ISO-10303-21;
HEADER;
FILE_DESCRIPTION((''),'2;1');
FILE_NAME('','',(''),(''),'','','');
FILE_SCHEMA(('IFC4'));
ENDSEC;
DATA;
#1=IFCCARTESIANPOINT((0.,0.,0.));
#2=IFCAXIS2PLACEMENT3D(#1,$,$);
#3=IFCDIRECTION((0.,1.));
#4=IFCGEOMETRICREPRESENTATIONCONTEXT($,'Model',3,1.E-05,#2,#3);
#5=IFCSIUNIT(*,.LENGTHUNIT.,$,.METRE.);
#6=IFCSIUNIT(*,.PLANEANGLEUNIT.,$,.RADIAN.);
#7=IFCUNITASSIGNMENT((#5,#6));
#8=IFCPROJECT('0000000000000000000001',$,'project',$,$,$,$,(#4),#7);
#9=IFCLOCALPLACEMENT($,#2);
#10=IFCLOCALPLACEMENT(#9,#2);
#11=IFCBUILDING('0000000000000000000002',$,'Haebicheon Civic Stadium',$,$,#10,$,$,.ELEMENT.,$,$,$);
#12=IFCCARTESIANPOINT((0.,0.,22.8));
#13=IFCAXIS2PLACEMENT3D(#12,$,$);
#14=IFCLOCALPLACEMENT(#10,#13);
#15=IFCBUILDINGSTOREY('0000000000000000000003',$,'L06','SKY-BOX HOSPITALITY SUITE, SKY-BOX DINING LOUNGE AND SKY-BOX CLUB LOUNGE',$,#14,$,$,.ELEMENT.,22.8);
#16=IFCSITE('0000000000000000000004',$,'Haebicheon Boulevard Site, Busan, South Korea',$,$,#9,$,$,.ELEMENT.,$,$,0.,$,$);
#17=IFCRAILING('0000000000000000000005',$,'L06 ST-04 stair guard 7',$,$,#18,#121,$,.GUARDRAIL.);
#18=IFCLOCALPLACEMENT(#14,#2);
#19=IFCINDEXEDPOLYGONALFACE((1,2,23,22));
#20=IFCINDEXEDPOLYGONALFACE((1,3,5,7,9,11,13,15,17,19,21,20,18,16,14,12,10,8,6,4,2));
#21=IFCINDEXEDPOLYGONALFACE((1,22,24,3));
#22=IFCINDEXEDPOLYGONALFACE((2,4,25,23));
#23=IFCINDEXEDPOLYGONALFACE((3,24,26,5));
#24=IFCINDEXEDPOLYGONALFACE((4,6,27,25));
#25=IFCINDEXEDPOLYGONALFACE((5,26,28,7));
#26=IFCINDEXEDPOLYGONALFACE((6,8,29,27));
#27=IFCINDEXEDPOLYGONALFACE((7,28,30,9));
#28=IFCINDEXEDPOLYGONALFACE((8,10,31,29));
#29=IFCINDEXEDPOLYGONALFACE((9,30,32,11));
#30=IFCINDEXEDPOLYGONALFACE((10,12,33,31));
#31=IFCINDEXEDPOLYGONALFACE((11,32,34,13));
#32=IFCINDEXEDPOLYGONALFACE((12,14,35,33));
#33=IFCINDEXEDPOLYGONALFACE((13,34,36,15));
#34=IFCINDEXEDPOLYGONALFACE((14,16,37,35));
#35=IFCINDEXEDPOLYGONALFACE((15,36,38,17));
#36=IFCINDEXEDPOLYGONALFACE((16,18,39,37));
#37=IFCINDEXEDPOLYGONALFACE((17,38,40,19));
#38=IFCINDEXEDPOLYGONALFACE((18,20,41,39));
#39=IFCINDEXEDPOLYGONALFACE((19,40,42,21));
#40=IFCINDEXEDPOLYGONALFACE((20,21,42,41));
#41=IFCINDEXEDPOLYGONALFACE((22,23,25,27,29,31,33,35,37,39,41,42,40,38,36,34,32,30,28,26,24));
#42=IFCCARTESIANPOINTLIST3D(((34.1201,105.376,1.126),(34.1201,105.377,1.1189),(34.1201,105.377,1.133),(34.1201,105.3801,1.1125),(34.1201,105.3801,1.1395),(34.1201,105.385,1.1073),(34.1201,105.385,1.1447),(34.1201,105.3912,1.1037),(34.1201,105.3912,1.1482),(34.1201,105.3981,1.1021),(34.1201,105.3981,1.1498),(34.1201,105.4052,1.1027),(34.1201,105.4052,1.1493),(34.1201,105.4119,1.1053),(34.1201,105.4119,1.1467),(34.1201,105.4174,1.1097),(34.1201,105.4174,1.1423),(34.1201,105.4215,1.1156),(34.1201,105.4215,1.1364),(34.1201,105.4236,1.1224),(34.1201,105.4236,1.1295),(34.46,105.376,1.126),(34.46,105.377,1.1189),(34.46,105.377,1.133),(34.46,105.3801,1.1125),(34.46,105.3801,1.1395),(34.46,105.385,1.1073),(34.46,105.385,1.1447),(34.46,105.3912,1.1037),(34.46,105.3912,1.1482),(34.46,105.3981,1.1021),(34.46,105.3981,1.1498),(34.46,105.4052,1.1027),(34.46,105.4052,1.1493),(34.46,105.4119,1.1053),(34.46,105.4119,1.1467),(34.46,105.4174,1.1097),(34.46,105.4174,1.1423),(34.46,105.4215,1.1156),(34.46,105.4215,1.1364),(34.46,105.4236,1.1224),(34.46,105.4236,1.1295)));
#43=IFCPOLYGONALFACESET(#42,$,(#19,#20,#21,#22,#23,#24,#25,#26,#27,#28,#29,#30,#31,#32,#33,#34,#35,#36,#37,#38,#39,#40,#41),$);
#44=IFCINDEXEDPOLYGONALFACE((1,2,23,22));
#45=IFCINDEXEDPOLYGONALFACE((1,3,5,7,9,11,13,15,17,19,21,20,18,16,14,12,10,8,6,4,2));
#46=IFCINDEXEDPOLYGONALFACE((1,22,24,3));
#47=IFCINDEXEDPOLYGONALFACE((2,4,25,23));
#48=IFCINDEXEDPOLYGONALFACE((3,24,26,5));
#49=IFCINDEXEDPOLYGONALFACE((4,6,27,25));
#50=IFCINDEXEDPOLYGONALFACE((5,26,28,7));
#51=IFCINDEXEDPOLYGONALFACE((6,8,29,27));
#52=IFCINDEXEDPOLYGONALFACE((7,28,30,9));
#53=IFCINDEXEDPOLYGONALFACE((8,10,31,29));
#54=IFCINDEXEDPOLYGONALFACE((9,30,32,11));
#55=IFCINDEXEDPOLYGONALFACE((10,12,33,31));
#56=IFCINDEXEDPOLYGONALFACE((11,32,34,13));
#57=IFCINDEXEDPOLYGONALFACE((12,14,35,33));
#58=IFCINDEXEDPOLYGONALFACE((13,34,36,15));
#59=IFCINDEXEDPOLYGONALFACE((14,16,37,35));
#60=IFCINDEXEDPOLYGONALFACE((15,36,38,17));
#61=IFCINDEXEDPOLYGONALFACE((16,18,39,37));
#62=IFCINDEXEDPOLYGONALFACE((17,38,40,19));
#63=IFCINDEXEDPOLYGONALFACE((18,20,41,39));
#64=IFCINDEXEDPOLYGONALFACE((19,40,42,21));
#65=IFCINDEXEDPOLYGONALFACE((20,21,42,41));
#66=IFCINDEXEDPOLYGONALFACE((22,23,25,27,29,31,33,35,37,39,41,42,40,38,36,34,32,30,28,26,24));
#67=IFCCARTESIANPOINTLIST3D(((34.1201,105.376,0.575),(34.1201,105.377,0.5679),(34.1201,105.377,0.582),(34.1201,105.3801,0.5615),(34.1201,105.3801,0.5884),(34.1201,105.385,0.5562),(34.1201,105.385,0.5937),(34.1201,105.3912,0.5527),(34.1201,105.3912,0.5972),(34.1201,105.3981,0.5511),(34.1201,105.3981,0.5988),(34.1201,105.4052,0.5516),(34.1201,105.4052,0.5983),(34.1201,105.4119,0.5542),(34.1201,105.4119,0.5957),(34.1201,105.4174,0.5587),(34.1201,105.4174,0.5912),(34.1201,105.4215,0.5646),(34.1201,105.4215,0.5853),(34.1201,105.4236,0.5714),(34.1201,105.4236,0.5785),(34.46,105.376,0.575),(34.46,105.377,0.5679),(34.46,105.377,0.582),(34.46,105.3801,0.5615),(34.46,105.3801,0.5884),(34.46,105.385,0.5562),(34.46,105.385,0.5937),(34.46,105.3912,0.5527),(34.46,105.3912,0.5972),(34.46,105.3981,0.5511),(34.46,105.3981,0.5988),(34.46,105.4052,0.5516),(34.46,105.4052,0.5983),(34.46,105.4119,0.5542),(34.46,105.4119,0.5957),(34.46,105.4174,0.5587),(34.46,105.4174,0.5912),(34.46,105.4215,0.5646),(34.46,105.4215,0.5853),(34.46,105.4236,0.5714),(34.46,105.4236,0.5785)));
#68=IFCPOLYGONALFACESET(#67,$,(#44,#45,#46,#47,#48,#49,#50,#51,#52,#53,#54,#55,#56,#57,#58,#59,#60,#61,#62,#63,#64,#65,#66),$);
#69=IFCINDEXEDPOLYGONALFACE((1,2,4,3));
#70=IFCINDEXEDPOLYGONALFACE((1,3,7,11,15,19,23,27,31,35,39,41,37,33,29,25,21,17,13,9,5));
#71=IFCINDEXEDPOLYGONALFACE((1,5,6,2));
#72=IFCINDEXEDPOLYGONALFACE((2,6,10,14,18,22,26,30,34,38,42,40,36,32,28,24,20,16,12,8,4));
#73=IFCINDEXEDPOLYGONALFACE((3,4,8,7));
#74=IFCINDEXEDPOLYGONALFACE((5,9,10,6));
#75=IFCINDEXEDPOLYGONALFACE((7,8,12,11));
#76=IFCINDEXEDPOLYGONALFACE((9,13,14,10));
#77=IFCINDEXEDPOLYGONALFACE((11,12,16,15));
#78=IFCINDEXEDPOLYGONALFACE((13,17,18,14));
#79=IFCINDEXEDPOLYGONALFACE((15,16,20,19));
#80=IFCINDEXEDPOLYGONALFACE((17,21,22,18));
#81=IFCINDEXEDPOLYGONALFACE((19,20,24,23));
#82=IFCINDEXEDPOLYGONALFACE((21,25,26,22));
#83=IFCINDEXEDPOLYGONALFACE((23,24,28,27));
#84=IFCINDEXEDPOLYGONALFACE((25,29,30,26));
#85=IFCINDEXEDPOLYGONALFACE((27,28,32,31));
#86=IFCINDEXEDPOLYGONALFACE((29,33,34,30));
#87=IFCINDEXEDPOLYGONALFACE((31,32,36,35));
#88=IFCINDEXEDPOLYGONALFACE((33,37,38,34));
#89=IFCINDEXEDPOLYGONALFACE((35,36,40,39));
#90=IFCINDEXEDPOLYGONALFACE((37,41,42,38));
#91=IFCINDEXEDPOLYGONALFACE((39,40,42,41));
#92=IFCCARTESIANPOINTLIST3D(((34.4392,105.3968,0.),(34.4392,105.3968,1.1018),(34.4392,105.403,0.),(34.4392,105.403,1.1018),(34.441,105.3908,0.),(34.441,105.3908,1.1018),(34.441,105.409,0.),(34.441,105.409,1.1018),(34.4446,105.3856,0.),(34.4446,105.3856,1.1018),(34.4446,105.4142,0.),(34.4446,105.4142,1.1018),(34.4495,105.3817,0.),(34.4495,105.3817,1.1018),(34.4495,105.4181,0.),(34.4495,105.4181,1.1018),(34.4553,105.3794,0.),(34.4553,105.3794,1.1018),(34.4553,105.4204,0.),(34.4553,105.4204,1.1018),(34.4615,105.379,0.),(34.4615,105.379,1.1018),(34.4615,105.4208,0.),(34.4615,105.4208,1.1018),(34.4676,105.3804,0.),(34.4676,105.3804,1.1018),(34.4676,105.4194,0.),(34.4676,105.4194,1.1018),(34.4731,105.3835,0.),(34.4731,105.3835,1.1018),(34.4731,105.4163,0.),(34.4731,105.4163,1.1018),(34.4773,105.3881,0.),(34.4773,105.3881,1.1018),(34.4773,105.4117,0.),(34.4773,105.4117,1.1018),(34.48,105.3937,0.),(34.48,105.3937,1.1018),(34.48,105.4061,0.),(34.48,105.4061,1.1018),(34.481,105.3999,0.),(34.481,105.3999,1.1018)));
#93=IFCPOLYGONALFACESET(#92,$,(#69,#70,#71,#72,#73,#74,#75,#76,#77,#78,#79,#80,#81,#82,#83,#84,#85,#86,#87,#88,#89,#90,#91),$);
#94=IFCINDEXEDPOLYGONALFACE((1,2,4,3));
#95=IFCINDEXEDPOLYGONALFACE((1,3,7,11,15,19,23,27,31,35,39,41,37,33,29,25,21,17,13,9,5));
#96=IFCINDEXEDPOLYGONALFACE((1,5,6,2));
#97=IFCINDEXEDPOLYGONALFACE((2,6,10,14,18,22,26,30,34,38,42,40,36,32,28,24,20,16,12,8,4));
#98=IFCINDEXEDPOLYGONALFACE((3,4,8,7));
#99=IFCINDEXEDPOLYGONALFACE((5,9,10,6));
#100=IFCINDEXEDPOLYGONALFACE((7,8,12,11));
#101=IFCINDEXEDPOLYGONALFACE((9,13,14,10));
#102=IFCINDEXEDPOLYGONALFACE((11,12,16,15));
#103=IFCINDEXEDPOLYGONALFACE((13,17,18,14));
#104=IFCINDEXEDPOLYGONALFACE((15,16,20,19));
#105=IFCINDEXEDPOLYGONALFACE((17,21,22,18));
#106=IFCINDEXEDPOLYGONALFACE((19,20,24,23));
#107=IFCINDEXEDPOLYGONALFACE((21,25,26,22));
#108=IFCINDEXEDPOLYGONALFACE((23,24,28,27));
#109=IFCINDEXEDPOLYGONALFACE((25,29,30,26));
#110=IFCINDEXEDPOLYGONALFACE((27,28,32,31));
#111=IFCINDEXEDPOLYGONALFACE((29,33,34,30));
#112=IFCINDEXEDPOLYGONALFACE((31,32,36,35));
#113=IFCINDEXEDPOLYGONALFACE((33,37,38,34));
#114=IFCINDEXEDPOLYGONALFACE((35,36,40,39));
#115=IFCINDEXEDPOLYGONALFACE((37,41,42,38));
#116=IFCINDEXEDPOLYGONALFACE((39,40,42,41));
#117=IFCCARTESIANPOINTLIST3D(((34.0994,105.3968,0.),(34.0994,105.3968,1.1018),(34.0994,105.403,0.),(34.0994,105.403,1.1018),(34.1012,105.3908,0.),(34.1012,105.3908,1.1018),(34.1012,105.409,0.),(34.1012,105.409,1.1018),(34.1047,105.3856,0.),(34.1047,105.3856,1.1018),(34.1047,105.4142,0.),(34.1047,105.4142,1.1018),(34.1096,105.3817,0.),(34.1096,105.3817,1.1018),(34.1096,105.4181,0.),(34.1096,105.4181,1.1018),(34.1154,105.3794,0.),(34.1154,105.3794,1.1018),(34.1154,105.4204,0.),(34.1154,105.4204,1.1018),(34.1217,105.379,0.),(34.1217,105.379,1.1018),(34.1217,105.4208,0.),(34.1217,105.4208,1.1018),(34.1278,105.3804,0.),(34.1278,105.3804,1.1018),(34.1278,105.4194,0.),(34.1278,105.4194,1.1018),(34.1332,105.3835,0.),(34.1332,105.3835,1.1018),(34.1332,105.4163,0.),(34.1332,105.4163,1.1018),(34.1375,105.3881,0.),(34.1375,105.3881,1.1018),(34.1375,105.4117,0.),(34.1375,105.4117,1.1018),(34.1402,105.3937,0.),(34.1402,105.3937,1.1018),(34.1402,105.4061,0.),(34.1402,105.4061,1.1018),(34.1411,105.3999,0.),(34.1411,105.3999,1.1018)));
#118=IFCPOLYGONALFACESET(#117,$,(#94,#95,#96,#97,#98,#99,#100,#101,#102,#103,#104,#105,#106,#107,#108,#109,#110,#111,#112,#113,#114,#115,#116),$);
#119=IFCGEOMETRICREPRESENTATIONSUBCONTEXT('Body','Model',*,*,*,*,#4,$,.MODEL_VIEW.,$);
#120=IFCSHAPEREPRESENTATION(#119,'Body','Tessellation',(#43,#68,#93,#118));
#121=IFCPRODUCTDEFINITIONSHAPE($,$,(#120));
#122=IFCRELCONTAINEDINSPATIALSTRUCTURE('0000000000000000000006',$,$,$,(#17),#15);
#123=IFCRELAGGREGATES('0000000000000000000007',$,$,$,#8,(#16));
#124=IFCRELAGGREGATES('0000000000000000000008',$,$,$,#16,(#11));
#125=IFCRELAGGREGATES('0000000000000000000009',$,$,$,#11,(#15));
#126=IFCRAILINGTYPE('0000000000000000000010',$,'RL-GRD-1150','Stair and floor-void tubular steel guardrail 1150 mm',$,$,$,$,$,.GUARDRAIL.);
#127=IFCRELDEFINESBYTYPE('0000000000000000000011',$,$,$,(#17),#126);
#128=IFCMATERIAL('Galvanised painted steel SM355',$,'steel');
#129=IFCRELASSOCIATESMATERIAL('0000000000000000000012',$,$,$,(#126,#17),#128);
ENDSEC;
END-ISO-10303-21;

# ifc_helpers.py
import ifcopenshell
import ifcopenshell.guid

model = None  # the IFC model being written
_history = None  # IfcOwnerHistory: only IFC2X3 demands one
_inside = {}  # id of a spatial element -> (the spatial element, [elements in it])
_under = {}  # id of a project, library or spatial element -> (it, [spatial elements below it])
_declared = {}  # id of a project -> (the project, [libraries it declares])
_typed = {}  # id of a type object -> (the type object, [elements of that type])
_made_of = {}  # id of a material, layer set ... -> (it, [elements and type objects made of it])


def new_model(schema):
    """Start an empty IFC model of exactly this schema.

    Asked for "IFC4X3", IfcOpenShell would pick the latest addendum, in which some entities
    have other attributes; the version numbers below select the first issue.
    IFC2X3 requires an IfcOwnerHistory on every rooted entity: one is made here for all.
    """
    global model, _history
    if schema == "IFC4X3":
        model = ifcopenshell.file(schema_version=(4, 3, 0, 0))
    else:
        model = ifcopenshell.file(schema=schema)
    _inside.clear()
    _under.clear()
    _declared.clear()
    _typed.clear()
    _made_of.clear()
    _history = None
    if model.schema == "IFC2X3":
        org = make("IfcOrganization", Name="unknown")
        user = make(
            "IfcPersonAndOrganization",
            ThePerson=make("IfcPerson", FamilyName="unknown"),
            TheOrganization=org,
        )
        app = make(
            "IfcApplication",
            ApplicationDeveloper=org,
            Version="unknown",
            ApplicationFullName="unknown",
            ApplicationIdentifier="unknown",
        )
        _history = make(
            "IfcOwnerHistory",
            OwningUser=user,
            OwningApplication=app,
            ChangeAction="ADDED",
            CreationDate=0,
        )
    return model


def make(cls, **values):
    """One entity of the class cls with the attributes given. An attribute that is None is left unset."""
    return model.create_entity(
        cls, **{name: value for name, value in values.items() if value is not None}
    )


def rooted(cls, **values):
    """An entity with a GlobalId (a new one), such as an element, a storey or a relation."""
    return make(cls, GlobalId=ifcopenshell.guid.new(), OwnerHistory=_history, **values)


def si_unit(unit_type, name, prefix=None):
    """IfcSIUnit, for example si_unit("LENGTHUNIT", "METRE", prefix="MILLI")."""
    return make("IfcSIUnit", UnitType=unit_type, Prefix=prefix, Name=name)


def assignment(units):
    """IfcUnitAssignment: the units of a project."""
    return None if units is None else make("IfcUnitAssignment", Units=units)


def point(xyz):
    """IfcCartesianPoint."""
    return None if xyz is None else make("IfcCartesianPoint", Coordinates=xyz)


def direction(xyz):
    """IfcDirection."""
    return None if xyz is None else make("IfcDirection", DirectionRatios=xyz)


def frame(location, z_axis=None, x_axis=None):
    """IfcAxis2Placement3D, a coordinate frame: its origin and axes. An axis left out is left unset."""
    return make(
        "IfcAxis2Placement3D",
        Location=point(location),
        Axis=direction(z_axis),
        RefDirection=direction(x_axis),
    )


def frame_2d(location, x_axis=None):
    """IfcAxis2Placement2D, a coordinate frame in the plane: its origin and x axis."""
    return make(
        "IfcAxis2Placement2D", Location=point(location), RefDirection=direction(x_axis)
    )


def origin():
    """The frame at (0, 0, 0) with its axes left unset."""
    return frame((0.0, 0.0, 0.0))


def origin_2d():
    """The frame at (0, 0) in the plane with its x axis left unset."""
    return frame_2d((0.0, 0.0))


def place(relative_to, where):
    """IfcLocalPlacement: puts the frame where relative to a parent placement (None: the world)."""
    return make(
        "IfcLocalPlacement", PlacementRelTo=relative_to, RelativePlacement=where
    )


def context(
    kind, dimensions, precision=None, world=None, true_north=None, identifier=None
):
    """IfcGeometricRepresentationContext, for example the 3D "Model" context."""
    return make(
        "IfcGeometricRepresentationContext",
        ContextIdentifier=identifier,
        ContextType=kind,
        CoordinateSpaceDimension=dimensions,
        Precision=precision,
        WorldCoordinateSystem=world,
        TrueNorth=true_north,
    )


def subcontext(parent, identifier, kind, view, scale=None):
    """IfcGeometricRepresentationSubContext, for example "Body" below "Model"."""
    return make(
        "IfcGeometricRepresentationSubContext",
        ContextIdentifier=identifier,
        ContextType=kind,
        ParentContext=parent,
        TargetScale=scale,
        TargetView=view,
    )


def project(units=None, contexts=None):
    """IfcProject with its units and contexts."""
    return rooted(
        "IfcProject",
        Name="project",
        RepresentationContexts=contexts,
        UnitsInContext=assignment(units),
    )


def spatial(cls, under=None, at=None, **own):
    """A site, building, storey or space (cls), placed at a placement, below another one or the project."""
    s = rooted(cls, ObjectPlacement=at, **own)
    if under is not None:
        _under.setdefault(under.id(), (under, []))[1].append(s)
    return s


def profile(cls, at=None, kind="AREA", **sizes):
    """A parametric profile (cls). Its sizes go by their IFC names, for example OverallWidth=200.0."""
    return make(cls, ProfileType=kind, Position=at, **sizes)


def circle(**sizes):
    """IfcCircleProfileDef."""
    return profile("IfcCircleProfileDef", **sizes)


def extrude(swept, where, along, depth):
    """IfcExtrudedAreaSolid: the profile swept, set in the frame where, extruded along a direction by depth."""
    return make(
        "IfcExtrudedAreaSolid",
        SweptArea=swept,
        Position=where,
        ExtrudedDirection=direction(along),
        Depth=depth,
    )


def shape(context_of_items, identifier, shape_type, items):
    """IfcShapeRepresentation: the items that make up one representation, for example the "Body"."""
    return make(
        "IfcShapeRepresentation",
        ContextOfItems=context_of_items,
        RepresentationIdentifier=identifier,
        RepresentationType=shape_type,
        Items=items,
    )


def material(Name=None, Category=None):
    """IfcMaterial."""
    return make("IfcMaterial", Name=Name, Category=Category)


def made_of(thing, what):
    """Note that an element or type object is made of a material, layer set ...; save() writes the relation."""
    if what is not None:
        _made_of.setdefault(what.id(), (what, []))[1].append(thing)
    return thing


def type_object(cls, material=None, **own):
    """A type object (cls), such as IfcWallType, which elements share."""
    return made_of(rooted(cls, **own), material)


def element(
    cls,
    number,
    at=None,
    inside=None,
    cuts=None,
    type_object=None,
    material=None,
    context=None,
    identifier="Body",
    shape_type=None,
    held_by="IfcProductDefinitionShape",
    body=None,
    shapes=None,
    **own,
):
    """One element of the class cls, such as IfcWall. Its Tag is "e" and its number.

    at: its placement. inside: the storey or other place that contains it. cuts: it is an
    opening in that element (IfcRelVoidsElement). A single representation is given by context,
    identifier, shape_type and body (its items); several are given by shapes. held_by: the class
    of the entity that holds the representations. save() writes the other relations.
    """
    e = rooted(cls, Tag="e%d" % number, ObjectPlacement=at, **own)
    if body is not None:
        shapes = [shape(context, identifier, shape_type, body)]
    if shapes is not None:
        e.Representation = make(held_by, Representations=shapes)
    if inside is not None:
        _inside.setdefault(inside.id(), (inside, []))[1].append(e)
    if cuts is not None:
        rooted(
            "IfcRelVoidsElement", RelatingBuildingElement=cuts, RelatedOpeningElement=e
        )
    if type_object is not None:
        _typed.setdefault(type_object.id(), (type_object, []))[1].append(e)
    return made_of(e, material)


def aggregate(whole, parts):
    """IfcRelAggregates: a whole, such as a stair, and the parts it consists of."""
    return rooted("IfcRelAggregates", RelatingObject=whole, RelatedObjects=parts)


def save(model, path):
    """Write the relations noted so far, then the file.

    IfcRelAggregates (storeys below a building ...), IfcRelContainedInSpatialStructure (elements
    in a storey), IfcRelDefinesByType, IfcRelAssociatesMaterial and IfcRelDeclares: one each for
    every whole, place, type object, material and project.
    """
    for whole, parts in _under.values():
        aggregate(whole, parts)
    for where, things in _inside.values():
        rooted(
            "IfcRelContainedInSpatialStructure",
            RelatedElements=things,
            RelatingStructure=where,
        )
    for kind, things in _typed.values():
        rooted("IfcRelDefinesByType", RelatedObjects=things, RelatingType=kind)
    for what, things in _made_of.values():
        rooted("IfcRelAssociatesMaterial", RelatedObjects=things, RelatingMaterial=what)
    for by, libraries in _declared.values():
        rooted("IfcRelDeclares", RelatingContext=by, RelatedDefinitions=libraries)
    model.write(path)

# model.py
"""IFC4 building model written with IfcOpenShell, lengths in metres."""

from ifc_helpers import new_model, si_unit, direction, frame, origin, origin_2d, place, context, subcontext, project, spatial, circle, extrude, material, type_object, element, save


model = new_model("IFC4")

# Units and contexts
model_context = context("Model", 3, precision=1e-05, world=origin(), true_north=direction((0.0, 1.0)))
body_context = subcontext(model_context, "Body", "Model", "MODEL_VIEW")
ifc_project = project(units=[si_unit("LENGTHUNIT", "METRE"), si_unit("PLANEANGLEUNIT", "RADIAN")], contexts=[model_context])

# Site, building, storey
site_placement = place(None, origin())
site = spatial("IfcSite", under=ifc_project, at=site_placement, Name="Haebicheon Boulevard Site, Busan, South Korea", CompositionType="ELEMENT", RefElevation=0.0)
building_placement = place(site_placement, origin())
building = spatial("IfcBuilding", under=site, at=building_placement, Name="Haebicheon Civic Stadium", CompositionType="ELEMENT")
storey_placement = place(building_placement, frame((0.0, 0.0, 22.8)))
storey = spatial("IfcBuildingStorey", under=building, at=storey_placement, Name="L06", Description="SKY-BOX HOSPITALITY SUITE, SKY-BOX DINING LOUNGE AND SKY-BOX CLUB LOUNGE", CompositionType="ELEMENT", Elevation=22.8)

# Railing
ifc_material_1 = material(Name="Galvanised painted steel SM355", Category="steel")
railing_type_1 = type_object("IfcRailingType", Name="RL-GRD-1150", Description="Stair and floor-void tubular steel guardrail 1150 mm", PredefinedType="GUARDRAIL", material=ifc_material_1)
railing_1_placement = place(storey_placement, frame((34.46, 105.3999, 0.0)))
element("IfcRailing", 1, at=railing_1_placement, inside=storey, type_object=railing_type_1, material=ifc_material_1, Name="L06 ST-04 stair guard 7", PredefinedType="GUARDRAIL", context=body_context, shape_type="SweptSolid", body=[
    extrude(circle(Radius=0.0239, at=origin_2d()), frame((0.0, 0.0, 1.126), z_axis=(-1.0, 0.0, 0.0), x_axis=(0.0, -1.0, 0.0)), (0.0, 0.0, 1.0), 0.3398),
    extrude(circle(Radius=0.0239, at=origin_2d()), frame((0.0, 0.0, 0.575), z_axis=(-1.0, 0.0, 0.0), x_axis=(0.0, -1.0, 0.0)), (0.0, 0.0, 1.0), 0.3398),
    extrude(circle(Radius=0.021, at=origin_2d()), origin(), (0.0, 0.0, 1.0), 1.1018),
    extrude(circle(Radius=0.021, at=origin_2d()), frame((-0.3398, 0.0, 0.0)), (0.0, 0.0, 1.0), 1.1018),
])

save(model, "model.ifc")
